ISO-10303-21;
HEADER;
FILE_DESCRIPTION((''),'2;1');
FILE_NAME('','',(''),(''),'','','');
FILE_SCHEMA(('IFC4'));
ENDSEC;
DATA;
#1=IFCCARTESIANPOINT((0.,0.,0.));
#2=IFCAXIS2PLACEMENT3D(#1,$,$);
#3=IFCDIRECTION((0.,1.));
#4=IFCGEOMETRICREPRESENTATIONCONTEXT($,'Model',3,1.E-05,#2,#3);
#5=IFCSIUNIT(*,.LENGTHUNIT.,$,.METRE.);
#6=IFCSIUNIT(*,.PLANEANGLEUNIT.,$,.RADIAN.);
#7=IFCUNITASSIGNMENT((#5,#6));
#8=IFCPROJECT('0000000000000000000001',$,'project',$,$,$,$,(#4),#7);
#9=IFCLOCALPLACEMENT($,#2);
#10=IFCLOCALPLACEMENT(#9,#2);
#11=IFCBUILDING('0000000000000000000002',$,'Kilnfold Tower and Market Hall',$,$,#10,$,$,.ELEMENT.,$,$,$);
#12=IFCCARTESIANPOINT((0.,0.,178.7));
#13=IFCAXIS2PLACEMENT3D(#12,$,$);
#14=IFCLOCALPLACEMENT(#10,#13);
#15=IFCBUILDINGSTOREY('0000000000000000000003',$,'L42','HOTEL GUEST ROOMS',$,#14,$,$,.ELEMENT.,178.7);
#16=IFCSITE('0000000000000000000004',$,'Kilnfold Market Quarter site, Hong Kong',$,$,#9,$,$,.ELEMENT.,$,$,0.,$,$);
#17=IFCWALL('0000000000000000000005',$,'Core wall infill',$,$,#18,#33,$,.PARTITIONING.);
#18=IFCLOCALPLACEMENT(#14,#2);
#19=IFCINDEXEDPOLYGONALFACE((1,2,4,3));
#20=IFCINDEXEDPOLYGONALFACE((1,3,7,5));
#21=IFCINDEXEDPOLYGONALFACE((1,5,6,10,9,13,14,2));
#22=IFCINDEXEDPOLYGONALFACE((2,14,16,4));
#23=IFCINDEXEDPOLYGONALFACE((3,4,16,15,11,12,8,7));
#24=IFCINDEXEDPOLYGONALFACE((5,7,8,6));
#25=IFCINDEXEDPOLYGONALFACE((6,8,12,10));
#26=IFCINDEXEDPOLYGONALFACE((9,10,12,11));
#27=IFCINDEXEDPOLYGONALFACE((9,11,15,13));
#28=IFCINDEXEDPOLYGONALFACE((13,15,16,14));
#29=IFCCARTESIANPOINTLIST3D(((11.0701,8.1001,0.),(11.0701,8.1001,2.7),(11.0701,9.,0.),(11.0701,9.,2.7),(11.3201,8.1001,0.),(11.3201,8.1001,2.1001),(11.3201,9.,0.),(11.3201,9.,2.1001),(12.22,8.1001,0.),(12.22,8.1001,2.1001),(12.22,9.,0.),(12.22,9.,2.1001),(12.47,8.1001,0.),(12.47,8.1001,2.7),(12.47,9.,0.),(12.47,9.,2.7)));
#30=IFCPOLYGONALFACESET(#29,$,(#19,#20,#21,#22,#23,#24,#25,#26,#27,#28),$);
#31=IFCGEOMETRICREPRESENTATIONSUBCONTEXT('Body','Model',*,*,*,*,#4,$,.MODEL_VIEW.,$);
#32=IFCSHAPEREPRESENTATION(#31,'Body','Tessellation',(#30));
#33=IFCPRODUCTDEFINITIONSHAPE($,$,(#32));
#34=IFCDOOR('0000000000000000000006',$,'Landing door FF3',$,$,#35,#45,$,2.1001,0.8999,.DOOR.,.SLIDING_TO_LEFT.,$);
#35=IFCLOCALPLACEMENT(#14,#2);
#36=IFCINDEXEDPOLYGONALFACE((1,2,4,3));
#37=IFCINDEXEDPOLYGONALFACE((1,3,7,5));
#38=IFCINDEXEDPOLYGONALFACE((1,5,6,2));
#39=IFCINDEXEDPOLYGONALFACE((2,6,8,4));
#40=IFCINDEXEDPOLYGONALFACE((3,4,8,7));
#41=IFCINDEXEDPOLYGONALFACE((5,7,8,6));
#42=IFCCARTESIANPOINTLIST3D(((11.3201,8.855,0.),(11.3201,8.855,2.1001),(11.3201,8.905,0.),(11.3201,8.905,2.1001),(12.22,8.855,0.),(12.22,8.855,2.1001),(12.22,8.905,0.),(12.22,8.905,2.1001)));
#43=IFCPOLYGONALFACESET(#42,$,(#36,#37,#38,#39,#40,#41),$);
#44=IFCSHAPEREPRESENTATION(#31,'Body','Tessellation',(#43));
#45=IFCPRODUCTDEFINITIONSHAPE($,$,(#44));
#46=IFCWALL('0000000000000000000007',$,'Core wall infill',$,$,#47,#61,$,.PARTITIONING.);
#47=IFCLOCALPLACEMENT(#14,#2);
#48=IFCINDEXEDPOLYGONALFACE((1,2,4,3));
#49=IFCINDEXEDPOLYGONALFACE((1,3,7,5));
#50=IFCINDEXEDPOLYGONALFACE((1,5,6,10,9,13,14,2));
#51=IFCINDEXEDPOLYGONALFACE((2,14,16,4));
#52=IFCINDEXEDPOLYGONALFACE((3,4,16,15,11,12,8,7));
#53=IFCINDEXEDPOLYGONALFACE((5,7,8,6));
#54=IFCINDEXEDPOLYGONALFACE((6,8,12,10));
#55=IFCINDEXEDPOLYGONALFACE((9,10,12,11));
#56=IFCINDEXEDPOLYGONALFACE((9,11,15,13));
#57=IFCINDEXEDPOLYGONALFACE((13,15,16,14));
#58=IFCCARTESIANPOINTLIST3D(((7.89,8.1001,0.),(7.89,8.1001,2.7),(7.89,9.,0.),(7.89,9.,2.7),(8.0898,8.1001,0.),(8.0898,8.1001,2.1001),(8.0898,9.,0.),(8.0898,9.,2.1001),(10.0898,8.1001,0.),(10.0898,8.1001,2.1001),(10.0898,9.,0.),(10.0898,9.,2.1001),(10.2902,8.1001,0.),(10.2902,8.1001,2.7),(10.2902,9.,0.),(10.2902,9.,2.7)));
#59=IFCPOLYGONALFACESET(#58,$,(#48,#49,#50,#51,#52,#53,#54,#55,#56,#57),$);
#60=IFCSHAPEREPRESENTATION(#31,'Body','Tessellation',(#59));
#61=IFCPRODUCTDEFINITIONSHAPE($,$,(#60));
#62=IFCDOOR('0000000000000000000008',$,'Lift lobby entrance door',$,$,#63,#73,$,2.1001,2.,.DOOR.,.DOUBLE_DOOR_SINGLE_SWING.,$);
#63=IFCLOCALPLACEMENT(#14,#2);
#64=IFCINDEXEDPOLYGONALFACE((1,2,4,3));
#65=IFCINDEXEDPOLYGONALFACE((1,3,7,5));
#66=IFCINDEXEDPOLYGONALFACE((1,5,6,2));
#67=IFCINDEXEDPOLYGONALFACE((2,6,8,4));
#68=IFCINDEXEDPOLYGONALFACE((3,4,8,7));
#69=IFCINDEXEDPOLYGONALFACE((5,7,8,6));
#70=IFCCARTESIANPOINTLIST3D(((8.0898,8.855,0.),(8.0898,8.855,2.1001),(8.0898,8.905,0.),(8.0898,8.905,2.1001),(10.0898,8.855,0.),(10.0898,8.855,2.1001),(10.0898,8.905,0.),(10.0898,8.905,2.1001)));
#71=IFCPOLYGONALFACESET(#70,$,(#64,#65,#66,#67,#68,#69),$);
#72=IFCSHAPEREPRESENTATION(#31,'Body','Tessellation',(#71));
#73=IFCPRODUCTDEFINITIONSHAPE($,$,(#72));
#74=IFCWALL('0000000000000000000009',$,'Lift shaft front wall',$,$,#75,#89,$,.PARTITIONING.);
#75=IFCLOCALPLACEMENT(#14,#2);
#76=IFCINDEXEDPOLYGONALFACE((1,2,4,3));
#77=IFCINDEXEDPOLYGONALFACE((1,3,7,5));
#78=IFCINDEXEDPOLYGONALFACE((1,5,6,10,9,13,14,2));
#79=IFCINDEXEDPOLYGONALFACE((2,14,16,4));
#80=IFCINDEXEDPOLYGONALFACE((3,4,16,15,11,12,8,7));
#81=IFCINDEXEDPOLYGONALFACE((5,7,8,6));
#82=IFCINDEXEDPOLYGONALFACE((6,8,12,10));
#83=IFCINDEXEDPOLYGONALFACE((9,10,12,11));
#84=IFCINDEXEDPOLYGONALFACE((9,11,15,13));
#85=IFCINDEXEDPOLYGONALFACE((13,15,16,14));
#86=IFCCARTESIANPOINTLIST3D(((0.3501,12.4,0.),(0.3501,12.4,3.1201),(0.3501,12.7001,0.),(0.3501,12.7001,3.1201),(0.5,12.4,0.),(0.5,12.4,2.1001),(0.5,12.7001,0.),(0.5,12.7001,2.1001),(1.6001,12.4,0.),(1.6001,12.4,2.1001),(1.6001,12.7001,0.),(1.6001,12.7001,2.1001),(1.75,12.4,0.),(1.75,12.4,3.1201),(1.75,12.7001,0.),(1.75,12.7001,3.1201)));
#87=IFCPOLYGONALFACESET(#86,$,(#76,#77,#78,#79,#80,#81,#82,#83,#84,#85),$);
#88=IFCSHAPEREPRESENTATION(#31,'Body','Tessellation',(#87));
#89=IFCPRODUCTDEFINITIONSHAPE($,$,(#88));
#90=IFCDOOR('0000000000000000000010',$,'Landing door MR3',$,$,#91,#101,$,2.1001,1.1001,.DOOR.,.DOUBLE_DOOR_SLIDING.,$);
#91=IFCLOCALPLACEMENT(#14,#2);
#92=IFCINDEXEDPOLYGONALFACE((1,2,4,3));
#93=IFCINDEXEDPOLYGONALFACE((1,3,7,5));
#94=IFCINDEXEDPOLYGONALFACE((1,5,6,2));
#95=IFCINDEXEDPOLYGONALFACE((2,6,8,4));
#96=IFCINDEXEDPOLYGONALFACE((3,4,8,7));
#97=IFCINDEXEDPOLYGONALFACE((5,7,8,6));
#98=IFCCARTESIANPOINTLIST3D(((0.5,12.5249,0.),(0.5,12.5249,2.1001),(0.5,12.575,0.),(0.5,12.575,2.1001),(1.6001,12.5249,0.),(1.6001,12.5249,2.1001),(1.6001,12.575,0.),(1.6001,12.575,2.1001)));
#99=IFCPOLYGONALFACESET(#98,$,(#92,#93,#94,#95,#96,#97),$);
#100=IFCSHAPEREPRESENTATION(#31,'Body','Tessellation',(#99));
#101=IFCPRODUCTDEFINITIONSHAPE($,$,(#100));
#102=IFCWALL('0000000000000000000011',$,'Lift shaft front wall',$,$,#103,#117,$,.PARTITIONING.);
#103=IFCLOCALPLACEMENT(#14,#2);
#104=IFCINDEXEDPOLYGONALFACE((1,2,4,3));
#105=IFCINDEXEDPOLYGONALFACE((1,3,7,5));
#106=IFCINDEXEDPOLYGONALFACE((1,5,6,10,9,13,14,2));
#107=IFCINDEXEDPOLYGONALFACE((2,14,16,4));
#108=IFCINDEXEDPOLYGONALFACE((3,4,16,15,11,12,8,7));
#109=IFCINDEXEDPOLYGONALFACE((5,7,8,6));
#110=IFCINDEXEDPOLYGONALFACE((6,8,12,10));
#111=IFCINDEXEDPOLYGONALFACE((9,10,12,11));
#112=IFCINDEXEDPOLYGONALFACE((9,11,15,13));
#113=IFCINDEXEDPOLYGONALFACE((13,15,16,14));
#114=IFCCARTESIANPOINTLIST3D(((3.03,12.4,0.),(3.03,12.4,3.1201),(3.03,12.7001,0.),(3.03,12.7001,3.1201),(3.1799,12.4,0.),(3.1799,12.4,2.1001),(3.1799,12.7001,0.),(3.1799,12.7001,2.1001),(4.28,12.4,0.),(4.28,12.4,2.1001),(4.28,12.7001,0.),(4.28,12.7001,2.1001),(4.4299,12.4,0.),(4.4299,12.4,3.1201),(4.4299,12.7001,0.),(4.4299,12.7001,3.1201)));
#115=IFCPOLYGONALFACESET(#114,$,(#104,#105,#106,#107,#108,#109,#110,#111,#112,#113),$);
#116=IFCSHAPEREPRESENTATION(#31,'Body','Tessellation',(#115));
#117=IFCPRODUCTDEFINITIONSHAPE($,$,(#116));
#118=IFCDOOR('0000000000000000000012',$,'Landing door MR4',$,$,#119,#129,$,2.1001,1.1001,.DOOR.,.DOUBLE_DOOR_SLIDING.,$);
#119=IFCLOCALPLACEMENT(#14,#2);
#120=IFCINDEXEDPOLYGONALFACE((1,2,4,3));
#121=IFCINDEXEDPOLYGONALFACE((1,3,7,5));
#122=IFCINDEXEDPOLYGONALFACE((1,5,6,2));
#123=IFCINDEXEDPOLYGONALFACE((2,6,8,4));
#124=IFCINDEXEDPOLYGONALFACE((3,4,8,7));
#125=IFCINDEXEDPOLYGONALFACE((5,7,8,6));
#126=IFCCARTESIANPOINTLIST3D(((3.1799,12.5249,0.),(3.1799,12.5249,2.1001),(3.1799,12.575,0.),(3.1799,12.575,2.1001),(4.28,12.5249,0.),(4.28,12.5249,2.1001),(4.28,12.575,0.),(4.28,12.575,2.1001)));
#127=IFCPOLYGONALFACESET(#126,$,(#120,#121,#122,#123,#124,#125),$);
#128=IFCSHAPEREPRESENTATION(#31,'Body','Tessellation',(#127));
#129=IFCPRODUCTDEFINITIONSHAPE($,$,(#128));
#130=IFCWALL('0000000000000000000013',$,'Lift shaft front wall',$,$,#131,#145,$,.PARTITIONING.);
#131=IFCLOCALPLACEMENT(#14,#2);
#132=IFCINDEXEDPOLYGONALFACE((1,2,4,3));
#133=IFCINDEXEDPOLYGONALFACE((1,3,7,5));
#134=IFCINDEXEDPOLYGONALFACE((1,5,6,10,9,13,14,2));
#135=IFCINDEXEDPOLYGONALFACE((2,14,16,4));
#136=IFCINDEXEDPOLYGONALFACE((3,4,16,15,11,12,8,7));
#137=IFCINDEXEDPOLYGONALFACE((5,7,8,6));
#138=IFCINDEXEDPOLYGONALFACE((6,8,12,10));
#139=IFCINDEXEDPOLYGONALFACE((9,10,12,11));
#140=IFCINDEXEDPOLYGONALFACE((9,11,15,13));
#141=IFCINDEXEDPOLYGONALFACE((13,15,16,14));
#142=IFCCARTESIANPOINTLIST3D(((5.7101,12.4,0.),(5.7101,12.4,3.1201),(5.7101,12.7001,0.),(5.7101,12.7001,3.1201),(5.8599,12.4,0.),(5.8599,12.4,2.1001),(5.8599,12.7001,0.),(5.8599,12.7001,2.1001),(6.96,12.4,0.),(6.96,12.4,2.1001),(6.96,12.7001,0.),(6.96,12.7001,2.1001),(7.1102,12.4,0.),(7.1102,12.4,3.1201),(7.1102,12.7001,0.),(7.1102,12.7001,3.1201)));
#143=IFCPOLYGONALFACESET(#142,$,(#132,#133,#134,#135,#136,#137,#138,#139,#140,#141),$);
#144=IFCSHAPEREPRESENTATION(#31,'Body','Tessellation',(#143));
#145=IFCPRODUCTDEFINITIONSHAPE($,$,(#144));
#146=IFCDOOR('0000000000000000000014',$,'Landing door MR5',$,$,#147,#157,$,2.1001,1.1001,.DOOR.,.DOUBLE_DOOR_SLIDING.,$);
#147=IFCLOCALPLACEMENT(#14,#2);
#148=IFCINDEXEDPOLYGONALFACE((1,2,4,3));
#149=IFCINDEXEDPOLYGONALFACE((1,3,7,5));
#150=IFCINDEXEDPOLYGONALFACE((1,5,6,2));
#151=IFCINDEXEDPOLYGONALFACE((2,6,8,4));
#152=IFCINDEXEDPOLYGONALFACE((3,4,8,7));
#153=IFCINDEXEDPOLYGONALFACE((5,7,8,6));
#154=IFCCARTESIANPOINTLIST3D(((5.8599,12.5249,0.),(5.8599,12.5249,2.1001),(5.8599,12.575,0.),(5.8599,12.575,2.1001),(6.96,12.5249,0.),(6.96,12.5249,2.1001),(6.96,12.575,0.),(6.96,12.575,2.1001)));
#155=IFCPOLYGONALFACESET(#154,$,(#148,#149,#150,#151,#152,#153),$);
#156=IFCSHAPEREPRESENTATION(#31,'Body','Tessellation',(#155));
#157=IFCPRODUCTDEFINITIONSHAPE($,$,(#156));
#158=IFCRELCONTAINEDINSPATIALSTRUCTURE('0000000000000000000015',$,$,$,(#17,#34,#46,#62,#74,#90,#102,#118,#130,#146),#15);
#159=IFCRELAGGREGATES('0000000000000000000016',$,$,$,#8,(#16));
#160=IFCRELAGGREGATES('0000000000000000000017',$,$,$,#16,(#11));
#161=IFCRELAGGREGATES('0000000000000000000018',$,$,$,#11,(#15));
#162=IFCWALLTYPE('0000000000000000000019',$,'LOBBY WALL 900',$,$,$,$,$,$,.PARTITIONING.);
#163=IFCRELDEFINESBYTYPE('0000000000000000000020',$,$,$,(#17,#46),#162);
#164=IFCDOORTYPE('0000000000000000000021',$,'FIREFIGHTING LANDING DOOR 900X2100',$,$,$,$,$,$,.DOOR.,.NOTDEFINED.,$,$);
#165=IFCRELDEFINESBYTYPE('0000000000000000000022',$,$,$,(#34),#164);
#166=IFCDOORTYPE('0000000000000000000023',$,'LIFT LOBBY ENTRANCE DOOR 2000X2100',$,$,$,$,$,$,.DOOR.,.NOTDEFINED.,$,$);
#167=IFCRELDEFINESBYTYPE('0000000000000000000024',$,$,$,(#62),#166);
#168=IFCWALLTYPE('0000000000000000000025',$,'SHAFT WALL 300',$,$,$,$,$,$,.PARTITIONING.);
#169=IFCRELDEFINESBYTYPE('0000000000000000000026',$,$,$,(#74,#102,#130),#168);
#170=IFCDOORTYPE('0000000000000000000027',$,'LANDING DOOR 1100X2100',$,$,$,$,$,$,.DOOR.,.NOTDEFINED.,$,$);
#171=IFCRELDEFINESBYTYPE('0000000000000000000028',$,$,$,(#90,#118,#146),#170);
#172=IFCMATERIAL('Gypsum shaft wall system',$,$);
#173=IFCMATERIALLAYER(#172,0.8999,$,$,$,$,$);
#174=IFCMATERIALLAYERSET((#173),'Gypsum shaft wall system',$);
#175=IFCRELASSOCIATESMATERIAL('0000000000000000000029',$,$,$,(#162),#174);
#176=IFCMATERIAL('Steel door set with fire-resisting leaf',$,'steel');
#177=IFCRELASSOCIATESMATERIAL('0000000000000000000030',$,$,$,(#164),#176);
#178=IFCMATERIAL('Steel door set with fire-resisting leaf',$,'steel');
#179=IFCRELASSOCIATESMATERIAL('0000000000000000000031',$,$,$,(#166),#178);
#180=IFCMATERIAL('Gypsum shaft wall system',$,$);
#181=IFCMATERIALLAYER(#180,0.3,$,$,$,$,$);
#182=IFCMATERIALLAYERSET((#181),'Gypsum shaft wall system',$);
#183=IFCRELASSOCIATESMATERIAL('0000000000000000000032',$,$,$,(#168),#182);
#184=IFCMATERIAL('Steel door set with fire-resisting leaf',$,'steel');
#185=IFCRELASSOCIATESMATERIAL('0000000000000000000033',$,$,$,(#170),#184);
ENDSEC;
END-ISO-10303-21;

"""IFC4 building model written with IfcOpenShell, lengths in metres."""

from ifc_helpers import new_model, si_unit, direction, frame, frame_2d, origin, place, context, subcontext, project, spatial, rectangle, extrude, source, transform, mapped, material, layer, layer_set, type_object, element, fill, save


model = new_model("IFC4")

# Units and contexts
model_context = context("Model", 3, precision=1e-05, world=origin(), true_north=direction((0.0, 1.0)))
body_context = subcontext(model_context, "Body", "Model", "MODEL_VIEW")
ifc_project = project(units=[si_unit("LENGTHUNIT", "METRE"), si_unit("PLANEANGLEUNIT", "RADIAN")], contexts=[model_context])

# Site, building, storey
site_placement = place(None, origin())
site = spatial("IfcSite", under=ifc_project, at=site_placement, Name="Kilnfold Market Quarter site, Hong Kong", CompositionType="ELEMENT", RefElevation=0.0)
building_placement = place(site_placement, origin())
building = spatial("IfcBuilding", under=site, at=building_placement, Name="Kilnfold Tower and Market Hall", CompositionType="ELEMENT")
storey_placement = place(building_placement, frame((0.0, 0.0, 178.7)))
storey = spatial("IfcBuildingStorey", under=building, at=storey_placement, Name="L42", Description="HOTEL GUEST ROOMS", CompositionType="ELEMENT", Elevation=178.7)

# Walls, openings, doors
ifc_material_1 = material(Name="Gypsum shaft wall system")
ifc_layer_1 = layer(ifc_material_1, 0.8999)
ifc_layer_set_1 = layer_set([ifc_layer_1], Name="Gypsum shaft wall system")
wall_type_1 = type_object("IfcWallType", Name="LOBBY WALL 900", PredefinedType="PARTITIONING", material=ifc_layer_set_1)
shared_shape_1 = source(origin(), body_context, "Body", "SweptSolid", [
    extrude(rectangle(XDim=1.3999, YDim=0.8999, at=frame_2d((0.7, 0.0))), origin(), (0.0, 0.0, 1.0), 2.7),
])
wall_1_placement = place(storey_placement, frame((11.0701, 8.55, 0.0), z_axis=(0.0, 0.0, 1.0), x_axis=(1.0, 0.0, 0.0)))
wall_1 = element("IfcWall", 1, at=wall_1_placement, inside=storey, type_object=wall_type_1, Name="Core wall infill", PredefinedType="PARTITIONING", context=body_context, shape_type="MappedRepresentation", body=[
    mapped(shared_shape_1, transform((0.0, 0.0, 0.0))),
])
opening_1_placement = place(wall_1_placement, frame((0.25, 0.0, 0.0)))
opening_1 = element("IfcOpeningElement", 2, at=opening_1_placement, cuts=wall_1, PredefinedType="OPENING", context=body_context, shape_type="SweptSolid", body=[
    extrude(rectangle(XDim=0.8999, YDim=2.1001, at=frame_2d((0.45, 1.05))), frame((0.0, 0.46, 0.0), z_axis=(0.0, -1.0, 0.0), x_axis=(1.0, 0.0, 0.0)), (0.0, 0.0, 1.0), 0.9199),
])
ifc_material_2 = material(Name="Steel door set with fire-resisting leaf", Category="steel")
door_type_1 = type_object("IfcDoorType", Name="FIREFIGHTING LANDING DOOR 900X2100", OperationType="NOTDEFINED", PredefinedType="DOOR", material=ifc_material_2)
door_1_placement = place(opening_1_placement, origin())
door_1 = element("IfcDoor", 3, at=door_1_placement, inside=storey, type_object=door_type_1, Name="Landing door FF3", OperationType="SLIDING_TO_LEFT", OverallHeight=2.1001, OverallWidth=0.8999, PredefinedType="DOOR", context=body_context, shape_type="SweptSolid", body=[
    extrude(rectangle(XDim=0.8999, YDim=2.1001, at=frame_2d((0.45, 1.05))), frame((0.0, 0.355, 0.0), z_axis=(0.0, -1.0, 0.0), x_axis=(1.0, 0.0, 0.0)), (0.0, 0.0, 1.0), 0.05),
])
fill(opening_1, door_1)
shared_shape_2 = source(origin(), body_context, "Body", "SweptSolid", [
    extrude(rectangle(XDim=2.4001, YDim=0.8999, at=frame_2d((1.2002, 0.0))), origin(), (0.0, 0.0, 1.0), 2.7),
])
wall_2_placement = place(storey_placement, frame((7.8899, 8.55, 0.0), z_axis=(0.0, 0.0, 1.0), x_axis=(1.0, 0.0, 0.0)))
wall_2 = element("IfcWall", 4, at=wall_2_placement, inside=storey, type_object=wall_type_1, Name="Core wall infill", PredefinedType="PARTITIONING", context=body_context, shape_type="MappedRepresentation", body=[
    mapped(shared_shape_2, transform((0.0, 0.0, 0.0))),
])
opening_2_placement = place(wall_2_placement, frame((0.2, 0.0, 0.0)))
opening_2 = element("IfcOpeningElement", 5, at=opening_2_placement, cuts=wall_2, PredefinedType="OPENING", context=body_context, shape_type="SweptSolid", body=[
    extrude(rectangle(XDim=2.0, YDim=2.1001, at=frame_2d((1.0, 1.05))), frame((0.0, 0.46, 0.0), z_axis=(0.0, -1.0, 0.0), x_axis=(1.0, 0.0, 0.0)), (0.0, 0.0, 1.0), 0.9199),
])
ifc_material_3 = material(Name="Steel door set with fire-resisting leaf", Category="steel")
door_type_2 = type_object("IfcDoorType", Name="LIFT LOBBY ENTRANCE DOOR 2000X2100", OperationType="NOTDEFINED", PredefinedType="DOOR", material=ifc_material_3)
door_2_placement = place(opening_2_placement, origin())
door_2 = element("IfcDoor", 6, at=door_2_placement, inside=storey, type_object=door_type_2, Name="Lift lobby entrance door", OperationType="DOUBLE_DOOR_SINGLE_SWING", OverallHeight=2.1001, OverallWidth=2.0, PredefinedType="DOOR", context=body_context, shape_type="SweptSolid", body=[
    extrude(rectangle(XDim=2.0, YDim=2.1001, at=frame_2d((1.0, 1.05))), frame((0.0, 0.355, 0.0), z_axis=(0.0, -1.0, 0.0), x_axis=(1.0, 0.0, 0.0)), (0.0, 0.0, 1.0), 0.05),
])
fill(opening_2, door_2)
ifc_material_4 = material(Name="Gypsum shaft wall system")
ifc_layer_2 = layer(ifc_material_4, 0.3)
ifc_layer_set_2 = layer_set([ifc_layer_2], Name="Gypsum shaft wall system")
wall_type_2 = type_object("IfcWallType", Name="SHAFT WALL 300", PredefinedType="PARTITIONING", material=ifc_layer_set_2)
shared_shape_3 = source(origin(), body_context, "Body", "SweptSolid", [
    extrude(rectangle(XDim=1.3999, YDim=0.3, at=frame_2d((0.7, 0.0))), origin(), (0.0, 0.0, 1.0), 3.1201),
])
wall_3_placement = place(storey_placement, frame((0.3501, 12.55, 0.0), z_axis=(0.0, 0.0, 1.0), x_axis=(1.0, 0.0, 0.0)))
wall_3 = element("IfcWall", 7, at=wall_3_placement, inside=storey, type_object=wall_type_2, Name="Lift shaft front wall", PredefinedType="PARTITIONING", context=body_context, shape_type="MappedRepresentation", body=[
    mapped(shared_shape_3, transform((0.0, 0.0, 0.0))),
])
opening_3_placement = place(wall_3_placement, frame((0.1499, 0.0, 0.0)))
opening_3 = element("IfcOpeningElement", 8, at=opening_3_placement, cuts=wall_3, PredefinedType="OPENING", context=body_context, shape_type="SweptSolid", body=[
    extrude(rectangle(XDim=1.1001, YDim=2.1001, at=frame_2d((0.55, 1.05))), frame((0.0, 0.1602, 0.0), z_axis=(0.0, -1.0, 0.0), x_axis=(1.0, 0.0, 0.0)), (0.0, 0.0, 1.0), 0.3201),
])
ifc_material_5 = material(Name="Steel door set with fire-resisting leaf", Category="steel")
door_type_3 = type_object("IfcDoorType", Name="LANDING DOOR 1100X2100", OperationType="NOTDEFINED", PredefinedType="DOOR", material=ifc_material_5)
door_3_placement = place(opening_3_placement, origin())
door_3 = element("IfcDoor", 9, at=door_3_placement, inside=storey, type_object=door_type_3, Name="Landing door MR3", OperationType="DOUBLE_DOOR_SLIDING", OverallHeight=2.1001, OverallWidth=1.1001, PredefinedType="DOOR", context=body_context, shape_type="SweptSolid", body=[
    extrude(rectangle(XDim=1.1001, YDim=2.1001, at=frame_2d((0.55, 1.05))), frame((0.0, 0.0249, 0.0), z_axis=(0.0, -1.0, 0.0), x_axis=(1.0, 0.0, 0.0)), (0.0, 0.0, 1.0), 0.05),
])
fill(opening_3, door_3)
wall_4_placement = place(storey_placement, frame((3.03, 12.55, 0.0), z_axis=(0.0, 0.0, 1.0), x_axis=(1.0, 0.0, 0.0)))
wall_4 = element("IfcWall", 10, at=wall_4_placement, inside=storey, type_object=wall_type_2, Name="Lift shaft front wall", PredefinedType="PARTITIONING", context=body_context, shape_type="MappedRepresentation", body=[
    mapped(shared_shape_3, transform((0.0, 0.0, 0.0))),
])
opening_4_placement = place(wall_4_placement, frame((0.1499, 0.0, 0.0)))
opening_4 = element("IfcOpeningElement", 11, at=opening_4_placement, cuts=wall_4, PredefinedType="OPENING", context=body_context, shape_type="SweptSolid", body=[
    extrude(rectangle(XDim=1.1001, YDim=2.1001, at=frame_2d((0.55, 1.05))), frame((0.0, 0.1602, 0.0), z_axis=(0.0, -1.0, 0.0), x_axis=(1.0, 0.0, 0.0)), (0.0, 0.0, 1.0), 0.3201),
])
door_4_placement = place(opening_4_placement, origin())
door_4 = element("IfcDoor", 12, at=door_4_placement, inside=storey, type_object=door_type_3, Name="Landing door MR4", OperationType="DOUBLE_DOOR_SLIDING", OverallHeight=2.1001, OverallWidth=1.1001, PredefinedType="DOOR", context=body_context, shape_type="SweptSolid", body=[
    extrude(rectangle(XDim=1.1001, YDim=2.1001, at=frame_2d((0.55, 1.05))), frame((0.0, 0.0249, 0.0), z_axis=(0.0, -1.0, 0.0), x_axis=(1.0, 0.0, 0.0)), (0.0, 0.0, 1.0), 0.05),
])
fill(opening_4, door_4)
shared_shape_4 = source(origin(), body_context, "Body", "SweptSolid", [
    extrude(rectangle(XDim=1.4001, YDim=0.3, at=frame_2d((0.7002, 0.0))), origin(), (0.0, 0.0, 1.0), 3.1201),
])
wall_5_placement = place(storey_placement, frame((5.71, 12.55, 0.0), z_axis=(0.0, 0.0, 1.0), x_axis=(1.0, 0.0, 0.0)))
wall_5 = element("IfcWall", 13, at=wall_5_placement, inside=storey, type_object=wall_type_2, Name="Lift shaft front wall", PredefinedType="PARTITIONING", context=body_context, shape_type="MappedRepresentation", body=[
    mapped(shared_shape_4, transform((0.0, 0.0, 0.0))),
])
opening_5_placement = place(wall_5_placement, frame((0.1499, 0.0, 0.0)))
opening_5 = element("IfcOpeningElement", 14, at=opening_5_placement, cuts=wall_5, PredefinedType="OPENING", context=body_context, shape_type="SweptSolid", body=[
    extrude(rectangle(XDim=1.1001, YDim=2.1001, at=frame_2d((0.55, 1.05))), frame((0.0, 0.1602, 0.0), z_axis=(0.0, -1.0, 0.0), x_axis=(1.0, 0.0, 0.0)), (0.0, 0.0, 1.0), 0.3201),
])
door_5_placement = place(opening_5_placement, origin())
door_5 = element("IfcDoor", 15, at=door_5_placement, inside=storey, type_object=door_type_3, Name="Landing door MR5", OperationType="DOUBLE_DOOR_SLIDING", OverallHeight=2.1001, OverallWidth=1.1001, PredefinedType="DOOR", context=body_context, shape_type="SweptSolid", body=[
    extrude(rectangle(XDim=1.1001, YDim=2.1001, at=frame_2d((0.55, 1.05))), frame((0.0, 0.0249, 0.0), z_axis=(0.0, -1.0, 0.0), x_axis=(1.0, 0.0, 0.0)), (0.0, 0.0, 1.0), 0.05),
])
fill(opening_5, door_5)

save(model, "model.ifc")
